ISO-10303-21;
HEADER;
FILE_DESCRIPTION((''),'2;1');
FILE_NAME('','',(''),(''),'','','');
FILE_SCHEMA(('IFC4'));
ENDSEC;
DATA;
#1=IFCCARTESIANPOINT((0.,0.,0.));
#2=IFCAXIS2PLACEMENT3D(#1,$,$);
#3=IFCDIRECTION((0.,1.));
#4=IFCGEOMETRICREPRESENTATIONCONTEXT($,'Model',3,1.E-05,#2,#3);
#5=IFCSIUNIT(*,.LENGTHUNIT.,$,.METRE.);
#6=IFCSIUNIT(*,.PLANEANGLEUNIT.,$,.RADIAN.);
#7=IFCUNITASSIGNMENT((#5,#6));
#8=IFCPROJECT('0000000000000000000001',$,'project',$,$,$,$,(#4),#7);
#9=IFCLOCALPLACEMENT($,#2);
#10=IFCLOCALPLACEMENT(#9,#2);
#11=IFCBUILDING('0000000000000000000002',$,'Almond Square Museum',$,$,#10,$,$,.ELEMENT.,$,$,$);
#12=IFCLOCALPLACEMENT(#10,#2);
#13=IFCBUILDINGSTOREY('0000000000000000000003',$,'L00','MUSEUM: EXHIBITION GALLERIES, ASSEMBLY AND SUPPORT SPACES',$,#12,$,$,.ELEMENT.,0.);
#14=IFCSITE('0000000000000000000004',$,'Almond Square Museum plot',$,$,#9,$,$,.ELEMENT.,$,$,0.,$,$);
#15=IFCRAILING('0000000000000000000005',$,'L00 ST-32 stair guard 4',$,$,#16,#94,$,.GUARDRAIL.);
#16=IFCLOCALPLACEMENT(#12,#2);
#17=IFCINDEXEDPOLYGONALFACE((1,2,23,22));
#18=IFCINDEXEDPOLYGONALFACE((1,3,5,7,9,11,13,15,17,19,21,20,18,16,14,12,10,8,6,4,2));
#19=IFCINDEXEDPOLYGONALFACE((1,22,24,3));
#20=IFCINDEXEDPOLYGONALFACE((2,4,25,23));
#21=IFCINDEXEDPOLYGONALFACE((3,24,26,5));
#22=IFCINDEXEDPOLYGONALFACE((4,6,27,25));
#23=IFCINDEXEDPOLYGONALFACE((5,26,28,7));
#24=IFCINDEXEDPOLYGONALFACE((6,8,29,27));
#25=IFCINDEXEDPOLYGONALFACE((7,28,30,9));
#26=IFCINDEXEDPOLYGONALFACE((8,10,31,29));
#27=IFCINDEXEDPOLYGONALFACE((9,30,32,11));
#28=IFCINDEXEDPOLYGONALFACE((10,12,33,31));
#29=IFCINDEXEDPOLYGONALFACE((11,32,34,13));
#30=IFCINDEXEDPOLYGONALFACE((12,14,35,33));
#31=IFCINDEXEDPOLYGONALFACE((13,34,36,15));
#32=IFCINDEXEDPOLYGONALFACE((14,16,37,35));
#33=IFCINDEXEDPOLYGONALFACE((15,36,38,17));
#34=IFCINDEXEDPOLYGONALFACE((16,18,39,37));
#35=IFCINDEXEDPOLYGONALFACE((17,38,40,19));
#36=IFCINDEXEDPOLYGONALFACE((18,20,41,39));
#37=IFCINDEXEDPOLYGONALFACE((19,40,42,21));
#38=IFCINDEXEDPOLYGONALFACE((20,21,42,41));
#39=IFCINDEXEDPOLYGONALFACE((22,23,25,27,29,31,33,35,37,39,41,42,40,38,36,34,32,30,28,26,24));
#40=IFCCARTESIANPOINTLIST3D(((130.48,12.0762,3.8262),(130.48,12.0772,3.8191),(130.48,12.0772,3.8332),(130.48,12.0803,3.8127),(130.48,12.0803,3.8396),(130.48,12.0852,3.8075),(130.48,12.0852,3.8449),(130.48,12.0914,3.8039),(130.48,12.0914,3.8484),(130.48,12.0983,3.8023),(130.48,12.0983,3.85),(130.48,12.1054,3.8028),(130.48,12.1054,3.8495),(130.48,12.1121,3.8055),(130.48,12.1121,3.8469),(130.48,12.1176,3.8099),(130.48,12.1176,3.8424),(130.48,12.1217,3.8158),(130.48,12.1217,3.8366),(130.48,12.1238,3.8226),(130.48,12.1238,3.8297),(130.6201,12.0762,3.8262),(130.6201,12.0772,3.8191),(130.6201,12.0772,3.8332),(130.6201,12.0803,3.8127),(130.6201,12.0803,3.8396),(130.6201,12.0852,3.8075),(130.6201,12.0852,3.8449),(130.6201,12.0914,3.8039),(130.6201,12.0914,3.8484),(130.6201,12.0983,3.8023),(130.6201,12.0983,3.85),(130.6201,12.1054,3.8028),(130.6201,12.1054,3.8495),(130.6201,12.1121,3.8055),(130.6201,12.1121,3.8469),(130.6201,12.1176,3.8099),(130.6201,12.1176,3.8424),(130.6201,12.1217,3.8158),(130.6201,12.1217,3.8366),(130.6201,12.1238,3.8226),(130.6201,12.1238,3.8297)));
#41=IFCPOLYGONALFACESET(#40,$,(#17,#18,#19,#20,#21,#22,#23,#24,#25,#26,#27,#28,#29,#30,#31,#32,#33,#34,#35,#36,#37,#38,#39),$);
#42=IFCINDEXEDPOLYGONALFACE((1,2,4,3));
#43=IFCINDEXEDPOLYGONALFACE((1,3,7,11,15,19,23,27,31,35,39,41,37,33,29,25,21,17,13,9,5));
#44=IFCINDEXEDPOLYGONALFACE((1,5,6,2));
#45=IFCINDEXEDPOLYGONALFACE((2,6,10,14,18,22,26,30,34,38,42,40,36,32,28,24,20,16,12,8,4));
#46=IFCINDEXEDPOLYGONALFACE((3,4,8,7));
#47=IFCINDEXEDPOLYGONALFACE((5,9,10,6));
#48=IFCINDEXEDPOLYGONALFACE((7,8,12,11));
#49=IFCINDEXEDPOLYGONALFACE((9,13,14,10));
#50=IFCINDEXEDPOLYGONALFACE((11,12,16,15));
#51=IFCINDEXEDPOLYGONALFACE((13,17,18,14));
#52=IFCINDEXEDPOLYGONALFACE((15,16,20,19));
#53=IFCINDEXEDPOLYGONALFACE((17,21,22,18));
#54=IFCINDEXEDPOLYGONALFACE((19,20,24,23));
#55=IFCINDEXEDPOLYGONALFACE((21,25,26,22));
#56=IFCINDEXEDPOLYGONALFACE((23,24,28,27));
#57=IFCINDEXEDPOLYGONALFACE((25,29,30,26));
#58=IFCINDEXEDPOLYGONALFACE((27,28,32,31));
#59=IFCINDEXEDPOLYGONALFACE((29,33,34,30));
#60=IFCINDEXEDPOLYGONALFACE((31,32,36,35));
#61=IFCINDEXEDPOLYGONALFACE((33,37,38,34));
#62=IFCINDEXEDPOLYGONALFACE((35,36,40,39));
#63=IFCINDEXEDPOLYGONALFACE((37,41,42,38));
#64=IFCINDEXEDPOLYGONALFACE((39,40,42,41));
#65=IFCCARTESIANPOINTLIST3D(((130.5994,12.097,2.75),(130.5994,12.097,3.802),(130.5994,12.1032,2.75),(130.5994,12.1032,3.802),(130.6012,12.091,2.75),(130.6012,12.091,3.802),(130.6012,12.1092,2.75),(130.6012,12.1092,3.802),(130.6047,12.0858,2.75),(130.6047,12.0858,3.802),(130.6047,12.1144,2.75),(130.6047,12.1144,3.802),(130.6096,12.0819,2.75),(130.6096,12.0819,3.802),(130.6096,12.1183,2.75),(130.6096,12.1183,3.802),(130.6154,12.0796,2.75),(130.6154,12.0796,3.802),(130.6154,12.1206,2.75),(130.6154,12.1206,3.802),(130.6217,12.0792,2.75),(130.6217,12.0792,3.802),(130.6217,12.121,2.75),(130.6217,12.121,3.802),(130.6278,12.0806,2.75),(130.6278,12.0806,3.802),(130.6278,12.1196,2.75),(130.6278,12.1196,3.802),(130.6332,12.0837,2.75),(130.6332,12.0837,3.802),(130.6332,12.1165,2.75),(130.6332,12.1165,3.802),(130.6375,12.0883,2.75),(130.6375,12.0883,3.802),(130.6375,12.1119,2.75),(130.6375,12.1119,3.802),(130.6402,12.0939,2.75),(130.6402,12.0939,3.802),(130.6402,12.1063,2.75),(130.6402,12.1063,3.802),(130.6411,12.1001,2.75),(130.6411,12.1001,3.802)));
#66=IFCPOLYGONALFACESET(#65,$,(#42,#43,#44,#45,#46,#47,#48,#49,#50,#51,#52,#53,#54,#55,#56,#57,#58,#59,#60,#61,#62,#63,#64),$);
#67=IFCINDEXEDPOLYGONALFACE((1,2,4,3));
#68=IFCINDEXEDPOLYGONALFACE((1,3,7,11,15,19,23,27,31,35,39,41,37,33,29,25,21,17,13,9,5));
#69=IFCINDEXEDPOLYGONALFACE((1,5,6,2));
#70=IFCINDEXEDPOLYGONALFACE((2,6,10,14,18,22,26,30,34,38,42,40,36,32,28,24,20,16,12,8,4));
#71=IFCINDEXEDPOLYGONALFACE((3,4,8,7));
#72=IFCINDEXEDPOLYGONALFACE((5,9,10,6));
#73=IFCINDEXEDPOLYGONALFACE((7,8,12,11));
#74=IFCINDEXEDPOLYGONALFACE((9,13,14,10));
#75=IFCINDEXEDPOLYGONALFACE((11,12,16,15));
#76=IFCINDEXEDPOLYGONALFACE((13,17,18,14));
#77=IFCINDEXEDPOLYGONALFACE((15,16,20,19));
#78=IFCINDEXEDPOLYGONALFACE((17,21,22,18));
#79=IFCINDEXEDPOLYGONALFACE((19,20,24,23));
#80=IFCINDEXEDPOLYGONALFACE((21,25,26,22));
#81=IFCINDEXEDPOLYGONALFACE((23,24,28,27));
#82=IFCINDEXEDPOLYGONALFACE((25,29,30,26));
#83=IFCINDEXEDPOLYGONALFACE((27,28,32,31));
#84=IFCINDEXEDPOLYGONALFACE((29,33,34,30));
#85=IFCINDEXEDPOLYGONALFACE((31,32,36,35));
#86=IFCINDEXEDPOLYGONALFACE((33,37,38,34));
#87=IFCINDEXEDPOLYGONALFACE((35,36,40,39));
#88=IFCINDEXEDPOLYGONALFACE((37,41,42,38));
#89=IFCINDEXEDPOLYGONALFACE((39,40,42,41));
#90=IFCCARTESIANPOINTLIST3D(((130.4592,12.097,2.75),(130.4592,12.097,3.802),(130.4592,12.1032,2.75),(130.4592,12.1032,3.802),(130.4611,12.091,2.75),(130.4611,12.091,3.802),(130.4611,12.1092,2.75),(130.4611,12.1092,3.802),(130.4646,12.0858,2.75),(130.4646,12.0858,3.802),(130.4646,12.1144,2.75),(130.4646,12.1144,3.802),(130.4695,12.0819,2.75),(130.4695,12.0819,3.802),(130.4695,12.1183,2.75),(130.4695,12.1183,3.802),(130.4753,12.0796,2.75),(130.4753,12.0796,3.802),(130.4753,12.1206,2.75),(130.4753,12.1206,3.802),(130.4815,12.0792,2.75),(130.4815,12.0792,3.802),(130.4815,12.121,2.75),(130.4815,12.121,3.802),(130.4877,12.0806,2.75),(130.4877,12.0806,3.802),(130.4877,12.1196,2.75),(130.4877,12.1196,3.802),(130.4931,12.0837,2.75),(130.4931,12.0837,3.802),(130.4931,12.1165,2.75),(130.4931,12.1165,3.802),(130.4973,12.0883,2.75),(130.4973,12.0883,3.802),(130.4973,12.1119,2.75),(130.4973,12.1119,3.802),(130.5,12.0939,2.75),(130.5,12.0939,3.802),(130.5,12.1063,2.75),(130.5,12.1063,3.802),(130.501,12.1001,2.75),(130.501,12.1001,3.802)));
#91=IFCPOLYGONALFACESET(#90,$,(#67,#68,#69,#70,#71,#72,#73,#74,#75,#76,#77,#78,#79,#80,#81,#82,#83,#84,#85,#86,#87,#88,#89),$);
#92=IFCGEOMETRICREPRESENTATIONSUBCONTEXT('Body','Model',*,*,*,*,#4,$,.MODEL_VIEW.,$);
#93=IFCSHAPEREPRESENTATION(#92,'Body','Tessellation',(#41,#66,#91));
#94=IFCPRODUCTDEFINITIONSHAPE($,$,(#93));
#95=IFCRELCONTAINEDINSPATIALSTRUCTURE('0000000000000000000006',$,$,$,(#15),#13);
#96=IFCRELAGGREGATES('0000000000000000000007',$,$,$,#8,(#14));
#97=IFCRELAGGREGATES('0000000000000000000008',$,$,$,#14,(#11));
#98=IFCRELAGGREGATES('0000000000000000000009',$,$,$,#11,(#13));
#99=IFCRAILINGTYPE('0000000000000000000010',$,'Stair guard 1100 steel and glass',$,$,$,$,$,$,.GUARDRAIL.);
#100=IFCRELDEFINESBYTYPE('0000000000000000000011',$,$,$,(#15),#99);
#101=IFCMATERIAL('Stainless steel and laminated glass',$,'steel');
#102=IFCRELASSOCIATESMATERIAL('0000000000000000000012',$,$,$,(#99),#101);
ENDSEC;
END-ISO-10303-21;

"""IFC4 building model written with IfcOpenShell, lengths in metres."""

from ifc_helpers import new_model, si_unit, direction, frame, origin, origin_2d, place, context, subcontext, project, spatial, circle, extrude, material, type_object, element, save


model = new_model("IFC4")

# Units and contexts
model_context = context("Model", 3, precision=1e-05, world=origin(), true_north=direction((0.0, 1.0)))
body_context = subcontext(model_context, "Body", "Model", "MODEL_VIEW")
ifc_project = project(units=[si_unit("LENGTHUNIT", "METRE"), si_unit("PLANEANGLEUNIT", "RADIAN")], contexts=[model_context])

# Site, building, storey
site_placement = place(None, origin())
site = spatial("IfcSite", under=ifc_project, at=site_placement, Name="Almond Square Museum plot", CompositionType="ELEMENT", RefElevation=0.0)
building_placement = place(site_placement, origin())
building = spatial("IfcBuilding", under=site, at=building_placement, Name="Almond Square Museum", CompositionType="ELEMENT")
storey_placement = place(building_placement, origin())
storey = spatial("IfcBuildingStorey", under=building, at=storey_placement, Name="L00", Description="MUSEUM: EXHIBITION GALLERIES, ASSEMBLY AND SUPPORT SPACES", CompositionType="ELEMENT", Elevation=0.0)

# Railing
ifc_material_1 = material(Name="Stainless steel and laminated glass", Category="steel")
railing_type_1 = type_object("IfcRailingType", Name="Stair guard 1100 steel and glass", PredefinedType="GUARDRAIL", material=ifc_material_1)
railing_1_placement = place(storey_placement, frame((130.6201, 12.1001, 2.75)))
element("IfcRailing", 1, at=railing_1_placement, inside=storey, type_object=railing_type_1, Name="L00 ST-32 stair guard 4", PredefinedType="GUARDRAIL", context=body_context, shape_type="SweptSolid", body=[
    extrude(circle(Radius=0.0239, at=origin_2d()), frame((0.0, 0.0, 1.0762), z_axis=(-1.0, 0.0, 0.0), x_axis=(0.0, -1.0, 0.0)), (0.0, 0.0, 1.0), 0.1401),
    extrude(circle(Radius=0.021, at=origin_2d()), origin(), (0.0, 0.0, 1.0), 1.052),
    extrude(circle(Radius=0.021, at=origin_2d()), frame((-0.1401, 0.0, 0.0)), (0.0, 0.0, 1.0), 1.052),
])

save(model, "model.ifc")
